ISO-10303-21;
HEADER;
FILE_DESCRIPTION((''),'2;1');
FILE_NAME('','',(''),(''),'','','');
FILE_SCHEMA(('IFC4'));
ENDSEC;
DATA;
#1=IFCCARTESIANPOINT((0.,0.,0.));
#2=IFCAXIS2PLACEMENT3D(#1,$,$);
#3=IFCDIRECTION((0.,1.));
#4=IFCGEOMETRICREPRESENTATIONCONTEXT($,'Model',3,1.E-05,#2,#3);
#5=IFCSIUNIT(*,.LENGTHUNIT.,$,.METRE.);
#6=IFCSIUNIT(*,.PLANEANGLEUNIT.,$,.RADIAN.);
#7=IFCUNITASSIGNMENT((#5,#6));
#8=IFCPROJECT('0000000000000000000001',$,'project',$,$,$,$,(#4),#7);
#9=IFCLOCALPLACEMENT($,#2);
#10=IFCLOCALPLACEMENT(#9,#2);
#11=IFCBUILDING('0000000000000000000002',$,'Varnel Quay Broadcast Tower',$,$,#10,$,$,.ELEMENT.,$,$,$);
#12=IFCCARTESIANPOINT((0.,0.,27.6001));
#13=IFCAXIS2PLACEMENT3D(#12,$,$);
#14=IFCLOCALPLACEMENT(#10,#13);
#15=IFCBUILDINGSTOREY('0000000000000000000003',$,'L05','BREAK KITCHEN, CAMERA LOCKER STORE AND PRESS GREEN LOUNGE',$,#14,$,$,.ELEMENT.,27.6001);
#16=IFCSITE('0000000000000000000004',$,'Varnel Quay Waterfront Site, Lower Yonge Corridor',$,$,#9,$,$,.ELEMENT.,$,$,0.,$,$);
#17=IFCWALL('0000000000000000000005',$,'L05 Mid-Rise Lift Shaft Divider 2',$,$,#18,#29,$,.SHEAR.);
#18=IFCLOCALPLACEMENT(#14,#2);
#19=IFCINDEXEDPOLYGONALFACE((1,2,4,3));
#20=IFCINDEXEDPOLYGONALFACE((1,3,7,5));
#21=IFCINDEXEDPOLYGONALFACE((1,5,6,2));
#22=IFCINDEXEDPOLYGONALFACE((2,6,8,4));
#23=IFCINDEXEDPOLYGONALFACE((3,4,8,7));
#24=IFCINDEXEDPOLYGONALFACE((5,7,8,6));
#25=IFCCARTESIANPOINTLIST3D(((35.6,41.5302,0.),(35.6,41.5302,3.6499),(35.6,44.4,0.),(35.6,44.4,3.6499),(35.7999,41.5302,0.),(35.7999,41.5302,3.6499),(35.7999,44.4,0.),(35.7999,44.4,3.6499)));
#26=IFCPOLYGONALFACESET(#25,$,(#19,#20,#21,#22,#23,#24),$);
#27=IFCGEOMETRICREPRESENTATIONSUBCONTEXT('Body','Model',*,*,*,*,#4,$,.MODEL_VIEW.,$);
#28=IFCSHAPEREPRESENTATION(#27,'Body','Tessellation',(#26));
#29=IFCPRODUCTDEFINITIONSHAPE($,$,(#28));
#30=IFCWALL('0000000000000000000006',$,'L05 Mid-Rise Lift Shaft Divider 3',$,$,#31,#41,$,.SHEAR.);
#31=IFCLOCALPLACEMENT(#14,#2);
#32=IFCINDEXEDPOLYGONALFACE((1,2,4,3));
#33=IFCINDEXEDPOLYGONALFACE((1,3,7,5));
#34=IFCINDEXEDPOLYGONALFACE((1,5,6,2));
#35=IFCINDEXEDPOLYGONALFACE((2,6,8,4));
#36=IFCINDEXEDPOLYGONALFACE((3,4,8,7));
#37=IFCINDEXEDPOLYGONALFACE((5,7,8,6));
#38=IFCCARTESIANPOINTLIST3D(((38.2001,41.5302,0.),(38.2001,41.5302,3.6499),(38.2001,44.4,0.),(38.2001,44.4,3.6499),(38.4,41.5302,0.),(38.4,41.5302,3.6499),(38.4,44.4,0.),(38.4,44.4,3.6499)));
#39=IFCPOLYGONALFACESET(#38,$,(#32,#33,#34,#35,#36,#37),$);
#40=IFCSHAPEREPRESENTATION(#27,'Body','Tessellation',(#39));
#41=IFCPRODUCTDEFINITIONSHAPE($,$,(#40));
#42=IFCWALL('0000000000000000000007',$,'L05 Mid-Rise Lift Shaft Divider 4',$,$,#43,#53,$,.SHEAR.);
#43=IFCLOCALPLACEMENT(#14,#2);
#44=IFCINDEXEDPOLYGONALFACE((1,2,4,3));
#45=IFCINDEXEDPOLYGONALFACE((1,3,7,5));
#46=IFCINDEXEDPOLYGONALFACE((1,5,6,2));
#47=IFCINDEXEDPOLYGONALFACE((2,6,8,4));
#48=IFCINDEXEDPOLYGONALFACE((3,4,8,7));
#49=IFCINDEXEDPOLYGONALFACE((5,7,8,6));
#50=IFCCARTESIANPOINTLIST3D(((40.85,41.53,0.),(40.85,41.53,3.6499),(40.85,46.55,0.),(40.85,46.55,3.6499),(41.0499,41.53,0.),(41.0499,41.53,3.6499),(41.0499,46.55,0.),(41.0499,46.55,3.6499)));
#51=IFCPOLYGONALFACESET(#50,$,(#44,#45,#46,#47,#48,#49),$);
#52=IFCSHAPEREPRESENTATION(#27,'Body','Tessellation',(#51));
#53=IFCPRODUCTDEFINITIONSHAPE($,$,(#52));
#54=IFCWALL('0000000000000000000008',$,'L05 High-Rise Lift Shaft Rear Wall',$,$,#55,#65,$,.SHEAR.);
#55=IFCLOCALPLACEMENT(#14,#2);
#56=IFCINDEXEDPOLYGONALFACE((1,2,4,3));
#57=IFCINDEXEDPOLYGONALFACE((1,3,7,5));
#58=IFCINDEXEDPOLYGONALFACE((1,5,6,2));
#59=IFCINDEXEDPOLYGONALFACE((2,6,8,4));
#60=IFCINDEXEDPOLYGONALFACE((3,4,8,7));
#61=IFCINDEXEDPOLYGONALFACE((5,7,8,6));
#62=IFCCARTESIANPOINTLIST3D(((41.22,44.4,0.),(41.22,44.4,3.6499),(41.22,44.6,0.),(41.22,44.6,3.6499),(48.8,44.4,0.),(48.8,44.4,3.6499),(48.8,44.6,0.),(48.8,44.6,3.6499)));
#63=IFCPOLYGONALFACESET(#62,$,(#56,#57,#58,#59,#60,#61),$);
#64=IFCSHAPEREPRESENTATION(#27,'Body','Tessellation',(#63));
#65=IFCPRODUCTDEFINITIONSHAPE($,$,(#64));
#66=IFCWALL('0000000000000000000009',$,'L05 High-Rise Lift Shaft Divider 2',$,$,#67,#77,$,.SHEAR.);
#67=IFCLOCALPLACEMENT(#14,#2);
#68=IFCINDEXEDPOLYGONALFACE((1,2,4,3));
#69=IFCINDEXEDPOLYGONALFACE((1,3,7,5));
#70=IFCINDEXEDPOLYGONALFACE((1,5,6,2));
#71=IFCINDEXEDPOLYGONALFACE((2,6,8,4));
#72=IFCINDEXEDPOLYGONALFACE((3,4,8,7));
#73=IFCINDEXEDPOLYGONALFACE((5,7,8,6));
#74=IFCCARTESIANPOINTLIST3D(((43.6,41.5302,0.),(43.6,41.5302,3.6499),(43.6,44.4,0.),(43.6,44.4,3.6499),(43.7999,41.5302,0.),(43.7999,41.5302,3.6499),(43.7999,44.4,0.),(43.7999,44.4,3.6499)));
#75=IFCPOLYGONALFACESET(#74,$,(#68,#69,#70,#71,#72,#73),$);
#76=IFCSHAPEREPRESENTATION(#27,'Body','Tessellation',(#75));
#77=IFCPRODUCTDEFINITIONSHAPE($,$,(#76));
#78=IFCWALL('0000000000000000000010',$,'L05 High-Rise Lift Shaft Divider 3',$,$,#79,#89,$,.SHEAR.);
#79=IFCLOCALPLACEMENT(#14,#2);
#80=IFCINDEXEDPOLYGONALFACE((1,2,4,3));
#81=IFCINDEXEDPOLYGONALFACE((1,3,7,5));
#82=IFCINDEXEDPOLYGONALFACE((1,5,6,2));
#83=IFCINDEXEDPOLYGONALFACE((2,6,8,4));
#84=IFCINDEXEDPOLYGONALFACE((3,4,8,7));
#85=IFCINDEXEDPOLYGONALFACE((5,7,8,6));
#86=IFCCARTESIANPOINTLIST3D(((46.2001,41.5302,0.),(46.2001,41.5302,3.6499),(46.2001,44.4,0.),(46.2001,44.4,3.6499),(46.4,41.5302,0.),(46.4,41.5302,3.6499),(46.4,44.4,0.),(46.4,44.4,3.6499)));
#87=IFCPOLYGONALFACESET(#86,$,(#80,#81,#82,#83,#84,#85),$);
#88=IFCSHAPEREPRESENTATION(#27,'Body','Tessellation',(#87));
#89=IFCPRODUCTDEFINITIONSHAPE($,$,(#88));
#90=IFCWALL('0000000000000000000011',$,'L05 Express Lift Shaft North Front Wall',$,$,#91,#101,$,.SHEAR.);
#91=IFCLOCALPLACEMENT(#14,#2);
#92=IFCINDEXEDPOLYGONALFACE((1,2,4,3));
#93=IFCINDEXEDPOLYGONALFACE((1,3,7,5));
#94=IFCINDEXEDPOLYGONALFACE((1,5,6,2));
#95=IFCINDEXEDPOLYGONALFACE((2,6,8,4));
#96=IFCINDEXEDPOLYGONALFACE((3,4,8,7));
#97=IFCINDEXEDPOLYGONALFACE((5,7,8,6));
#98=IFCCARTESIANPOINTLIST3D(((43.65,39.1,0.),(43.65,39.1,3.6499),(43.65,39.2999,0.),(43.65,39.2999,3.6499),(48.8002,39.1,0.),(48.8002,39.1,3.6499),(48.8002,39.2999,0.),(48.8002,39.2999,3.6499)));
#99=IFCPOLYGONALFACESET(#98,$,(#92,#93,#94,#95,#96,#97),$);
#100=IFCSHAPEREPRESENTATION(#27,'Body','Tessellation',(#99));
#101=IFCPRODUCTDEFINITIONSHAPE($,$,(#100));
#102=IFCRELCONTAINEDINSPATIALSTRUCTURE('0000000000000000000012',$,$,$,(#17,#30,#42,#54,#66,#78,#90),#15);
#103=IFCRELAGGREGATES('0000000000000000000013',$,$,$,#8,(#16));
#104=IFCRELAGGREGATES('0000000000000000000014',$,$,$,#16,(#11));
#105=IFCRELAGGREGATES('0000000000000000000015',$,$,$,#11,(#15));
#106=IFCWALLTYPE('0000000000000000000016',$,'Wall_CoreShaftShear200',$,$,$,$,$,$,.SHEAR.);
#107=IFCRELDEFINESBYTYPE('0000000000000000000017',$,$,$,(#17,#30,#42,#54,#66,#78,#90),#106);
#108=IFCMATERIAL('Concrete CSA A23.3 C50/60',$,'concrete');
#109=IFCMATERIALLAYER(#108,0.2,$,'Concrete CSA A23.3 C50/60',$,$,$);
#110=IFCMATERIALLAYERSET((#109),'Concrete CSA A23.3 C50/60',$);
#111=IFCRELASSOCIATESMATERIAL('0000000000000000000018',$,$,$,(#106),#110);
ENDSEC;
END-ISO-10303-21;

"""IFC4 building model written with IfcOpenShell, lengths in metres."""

from ifc_helpers import new_model, si_unit, direction, frame, frame_2d, origin, place, context, subcontext, project, spatial, rectangle, extrude, material, layer, layer_set, type_object, element, save


model = new_model("IFC4")

# Units and contexts
model_context = context("Model", 3, precision=1e-05, world=origin(), true_north=direction((0.0, 1.0)))
body_context = subcontext(model_context, "Body", "Model", "MODEL_VIEW")
ifc_project = project(units=[si_unit("LENGTHUNIT", "METRE"), si_unit("PLANEANGLEUNIT", "RADIAN")], contexts=[model_context])

# Site, building, storey
site_placement = place(None, origin())
site = spatial("IfcSite", under=ifc_project, at=site_placement, Name="Varnel Quay Waterfront Site, Lower Yonge Corridor", CompositionType="ELEMENT", RefElevation=0.0)
building_placement = place(site_placement, origin())
building = spatial("IfcBuilding", under=site, at=building_placement, Name="Varnel Quay Broadcast Tower", CompositionType="ELEMENT")
storey_placement = place(building_placement, frame((0.0, 0.0, 27.6001)))
storey = spatial("IfcBuildingStorey", under=building, at=storey_placement, Name="L05", Description="BREAK KITCHEN, CAMERA LOCKER STORE AND PRESS GREEN LOUNGE", CompositionType="ELEMENT", Elevation=27.6001)

# Walls
ifc_material_1 = material(Name="Concrete CSA A23.3 C50/60", Category="concrete")
ifc_layer_1 = layer(ifc_material_1, 0.2, Name="Concrete CSA A23.3 C50/60")
ifc_layer_set_1 = layer_set([ifc_layer_1], Name="Concrete CSA A23.3 C50/60")
wall_type_1 = type_object("IfcWallType", Name="Wall_CoreShaftShear200", PredefinedType="SHEAR", material=ifc_layer_set_1)
for number, where, z_axis, x_axis, name in (
    (1, (35.7, 41.53, 0.0), (0.0, 0.0, 1.0), (0.0, 1.0, 0.0), "L05 Mid-Rise Lift Shaft Divider 2"),
    (2, (38.3, 41.53, 0.0), (0.0, 0.0, 1.0), (0.0, 1.0, 0.0), "L05 Mid-Rise Lift Shaft Divider 3"),
):
    element("IfcWall", number, at=place(storey_placement, frame(where, z_axis=z_axis, x_axis=x_axis)), inside=storey, type_object=wall_type_1, Name=name, PredefinedType="SHEAR", context=body_context, shape_type="SweptSolid", body=[
        extrude(rectangle(XDim=2.8699, YDim=0.2, at=frame_2d((1.4351, 0.0))), origin(), (0.0, 0.0, 1.0), 3.6499),
    ])
wall_1_placement = place(storey_placement, frame((40.95, 41.53, 0.0), z_axis=(0.0, 0.0, 1.0), x_axis=(0.0, 1.0, 0.0)))
element("IfcWall", 3, at=wall_1_placement, inside=storey, type_object=wall_type_1, Name="L05 Mid-Rise Lift Shaft Divider 4", PredefinedType="SHEAR", context=body_context, shape_type="SweptSolid", body=[
    extrude(rectangle(XDim=5.02, YDim=0.2, at=frame_2d((2.51, 0.0))), origin(), (0.0, 0.0, 1.0), 3.6499),
])
wall_2_placement = place(storey_placement, frame((41.22, 44.5, 0.0), z_axis=(0.0, 0.0, 1.0), x_axis=(1.0, 0.0, 0.0)))
element("IfcWall", 4, at=wall_2_placement, inside=storey, type_object=wall_type_1, Name="L05 High-Rise Lift Shaft Rear Wall", PredefinedType="SHEAR", context=body_context, shape_type="SweptSolid", body=[
    extrude(rectangle(XDim=7.5801, YDim=0.2, at=frame_2d((3.79, 0.0))), origin(), (0.0, 0.0, 1.0), 3.6499),
])
for number, where, z_axis, x_axis, name in (
    (5, (43.7, 41.53, 0.0), (0.0, 0.0, 1.0), (0.0, 1.0, 0.0), "L05 High-Rise Lift Shaft Divider 2"),
    (6, (46.3, 41.53, 0.0), (0.0, 0.0, 1.0), (0.0, 1.0, 0.0), "L05 High-Rise Lift Shaft Divider 3"),
):
    element("IfcWall", number, at=place(storey_placement, frame(where, z_axis=z_axis, x_axis=x_axis)), inside=storey, type_object=wall_type_1, Name=name, PredefinedType="SHEAR", context=body_context, shape_type="SweptSolid", body=[
        extrude(rectangle(XDim=2.8699, YDim=0.2, at=frame_2d((1.4351, 0.0))), origin(), (0.0, 0.0, 1.0), 3.6499),
    ])
wall_3_placement = place(storey_placement, frame((43.6499, 39.2, 0.0), z_axis=(0.0, 0.0, 1.0), x_axis=(1.0, 0.0, 0.0)))
element("IfcWall", 7, at=wall_3_placement, inside=storey, type_object=wall_type_1, Name="L05 Express Lift Shaft North Front Wall", PredefinedType="SHEAR", context=body_context, shape_type="SweptSolid", body=[
    extrude(rectangle(XDim=5.1501, YDim=0.2, at=frame_2d((2.5752, 0.0))), origin(), (0.0, 0.0, 1.0), 3.6499),
])

save(model, "model.ifc")
